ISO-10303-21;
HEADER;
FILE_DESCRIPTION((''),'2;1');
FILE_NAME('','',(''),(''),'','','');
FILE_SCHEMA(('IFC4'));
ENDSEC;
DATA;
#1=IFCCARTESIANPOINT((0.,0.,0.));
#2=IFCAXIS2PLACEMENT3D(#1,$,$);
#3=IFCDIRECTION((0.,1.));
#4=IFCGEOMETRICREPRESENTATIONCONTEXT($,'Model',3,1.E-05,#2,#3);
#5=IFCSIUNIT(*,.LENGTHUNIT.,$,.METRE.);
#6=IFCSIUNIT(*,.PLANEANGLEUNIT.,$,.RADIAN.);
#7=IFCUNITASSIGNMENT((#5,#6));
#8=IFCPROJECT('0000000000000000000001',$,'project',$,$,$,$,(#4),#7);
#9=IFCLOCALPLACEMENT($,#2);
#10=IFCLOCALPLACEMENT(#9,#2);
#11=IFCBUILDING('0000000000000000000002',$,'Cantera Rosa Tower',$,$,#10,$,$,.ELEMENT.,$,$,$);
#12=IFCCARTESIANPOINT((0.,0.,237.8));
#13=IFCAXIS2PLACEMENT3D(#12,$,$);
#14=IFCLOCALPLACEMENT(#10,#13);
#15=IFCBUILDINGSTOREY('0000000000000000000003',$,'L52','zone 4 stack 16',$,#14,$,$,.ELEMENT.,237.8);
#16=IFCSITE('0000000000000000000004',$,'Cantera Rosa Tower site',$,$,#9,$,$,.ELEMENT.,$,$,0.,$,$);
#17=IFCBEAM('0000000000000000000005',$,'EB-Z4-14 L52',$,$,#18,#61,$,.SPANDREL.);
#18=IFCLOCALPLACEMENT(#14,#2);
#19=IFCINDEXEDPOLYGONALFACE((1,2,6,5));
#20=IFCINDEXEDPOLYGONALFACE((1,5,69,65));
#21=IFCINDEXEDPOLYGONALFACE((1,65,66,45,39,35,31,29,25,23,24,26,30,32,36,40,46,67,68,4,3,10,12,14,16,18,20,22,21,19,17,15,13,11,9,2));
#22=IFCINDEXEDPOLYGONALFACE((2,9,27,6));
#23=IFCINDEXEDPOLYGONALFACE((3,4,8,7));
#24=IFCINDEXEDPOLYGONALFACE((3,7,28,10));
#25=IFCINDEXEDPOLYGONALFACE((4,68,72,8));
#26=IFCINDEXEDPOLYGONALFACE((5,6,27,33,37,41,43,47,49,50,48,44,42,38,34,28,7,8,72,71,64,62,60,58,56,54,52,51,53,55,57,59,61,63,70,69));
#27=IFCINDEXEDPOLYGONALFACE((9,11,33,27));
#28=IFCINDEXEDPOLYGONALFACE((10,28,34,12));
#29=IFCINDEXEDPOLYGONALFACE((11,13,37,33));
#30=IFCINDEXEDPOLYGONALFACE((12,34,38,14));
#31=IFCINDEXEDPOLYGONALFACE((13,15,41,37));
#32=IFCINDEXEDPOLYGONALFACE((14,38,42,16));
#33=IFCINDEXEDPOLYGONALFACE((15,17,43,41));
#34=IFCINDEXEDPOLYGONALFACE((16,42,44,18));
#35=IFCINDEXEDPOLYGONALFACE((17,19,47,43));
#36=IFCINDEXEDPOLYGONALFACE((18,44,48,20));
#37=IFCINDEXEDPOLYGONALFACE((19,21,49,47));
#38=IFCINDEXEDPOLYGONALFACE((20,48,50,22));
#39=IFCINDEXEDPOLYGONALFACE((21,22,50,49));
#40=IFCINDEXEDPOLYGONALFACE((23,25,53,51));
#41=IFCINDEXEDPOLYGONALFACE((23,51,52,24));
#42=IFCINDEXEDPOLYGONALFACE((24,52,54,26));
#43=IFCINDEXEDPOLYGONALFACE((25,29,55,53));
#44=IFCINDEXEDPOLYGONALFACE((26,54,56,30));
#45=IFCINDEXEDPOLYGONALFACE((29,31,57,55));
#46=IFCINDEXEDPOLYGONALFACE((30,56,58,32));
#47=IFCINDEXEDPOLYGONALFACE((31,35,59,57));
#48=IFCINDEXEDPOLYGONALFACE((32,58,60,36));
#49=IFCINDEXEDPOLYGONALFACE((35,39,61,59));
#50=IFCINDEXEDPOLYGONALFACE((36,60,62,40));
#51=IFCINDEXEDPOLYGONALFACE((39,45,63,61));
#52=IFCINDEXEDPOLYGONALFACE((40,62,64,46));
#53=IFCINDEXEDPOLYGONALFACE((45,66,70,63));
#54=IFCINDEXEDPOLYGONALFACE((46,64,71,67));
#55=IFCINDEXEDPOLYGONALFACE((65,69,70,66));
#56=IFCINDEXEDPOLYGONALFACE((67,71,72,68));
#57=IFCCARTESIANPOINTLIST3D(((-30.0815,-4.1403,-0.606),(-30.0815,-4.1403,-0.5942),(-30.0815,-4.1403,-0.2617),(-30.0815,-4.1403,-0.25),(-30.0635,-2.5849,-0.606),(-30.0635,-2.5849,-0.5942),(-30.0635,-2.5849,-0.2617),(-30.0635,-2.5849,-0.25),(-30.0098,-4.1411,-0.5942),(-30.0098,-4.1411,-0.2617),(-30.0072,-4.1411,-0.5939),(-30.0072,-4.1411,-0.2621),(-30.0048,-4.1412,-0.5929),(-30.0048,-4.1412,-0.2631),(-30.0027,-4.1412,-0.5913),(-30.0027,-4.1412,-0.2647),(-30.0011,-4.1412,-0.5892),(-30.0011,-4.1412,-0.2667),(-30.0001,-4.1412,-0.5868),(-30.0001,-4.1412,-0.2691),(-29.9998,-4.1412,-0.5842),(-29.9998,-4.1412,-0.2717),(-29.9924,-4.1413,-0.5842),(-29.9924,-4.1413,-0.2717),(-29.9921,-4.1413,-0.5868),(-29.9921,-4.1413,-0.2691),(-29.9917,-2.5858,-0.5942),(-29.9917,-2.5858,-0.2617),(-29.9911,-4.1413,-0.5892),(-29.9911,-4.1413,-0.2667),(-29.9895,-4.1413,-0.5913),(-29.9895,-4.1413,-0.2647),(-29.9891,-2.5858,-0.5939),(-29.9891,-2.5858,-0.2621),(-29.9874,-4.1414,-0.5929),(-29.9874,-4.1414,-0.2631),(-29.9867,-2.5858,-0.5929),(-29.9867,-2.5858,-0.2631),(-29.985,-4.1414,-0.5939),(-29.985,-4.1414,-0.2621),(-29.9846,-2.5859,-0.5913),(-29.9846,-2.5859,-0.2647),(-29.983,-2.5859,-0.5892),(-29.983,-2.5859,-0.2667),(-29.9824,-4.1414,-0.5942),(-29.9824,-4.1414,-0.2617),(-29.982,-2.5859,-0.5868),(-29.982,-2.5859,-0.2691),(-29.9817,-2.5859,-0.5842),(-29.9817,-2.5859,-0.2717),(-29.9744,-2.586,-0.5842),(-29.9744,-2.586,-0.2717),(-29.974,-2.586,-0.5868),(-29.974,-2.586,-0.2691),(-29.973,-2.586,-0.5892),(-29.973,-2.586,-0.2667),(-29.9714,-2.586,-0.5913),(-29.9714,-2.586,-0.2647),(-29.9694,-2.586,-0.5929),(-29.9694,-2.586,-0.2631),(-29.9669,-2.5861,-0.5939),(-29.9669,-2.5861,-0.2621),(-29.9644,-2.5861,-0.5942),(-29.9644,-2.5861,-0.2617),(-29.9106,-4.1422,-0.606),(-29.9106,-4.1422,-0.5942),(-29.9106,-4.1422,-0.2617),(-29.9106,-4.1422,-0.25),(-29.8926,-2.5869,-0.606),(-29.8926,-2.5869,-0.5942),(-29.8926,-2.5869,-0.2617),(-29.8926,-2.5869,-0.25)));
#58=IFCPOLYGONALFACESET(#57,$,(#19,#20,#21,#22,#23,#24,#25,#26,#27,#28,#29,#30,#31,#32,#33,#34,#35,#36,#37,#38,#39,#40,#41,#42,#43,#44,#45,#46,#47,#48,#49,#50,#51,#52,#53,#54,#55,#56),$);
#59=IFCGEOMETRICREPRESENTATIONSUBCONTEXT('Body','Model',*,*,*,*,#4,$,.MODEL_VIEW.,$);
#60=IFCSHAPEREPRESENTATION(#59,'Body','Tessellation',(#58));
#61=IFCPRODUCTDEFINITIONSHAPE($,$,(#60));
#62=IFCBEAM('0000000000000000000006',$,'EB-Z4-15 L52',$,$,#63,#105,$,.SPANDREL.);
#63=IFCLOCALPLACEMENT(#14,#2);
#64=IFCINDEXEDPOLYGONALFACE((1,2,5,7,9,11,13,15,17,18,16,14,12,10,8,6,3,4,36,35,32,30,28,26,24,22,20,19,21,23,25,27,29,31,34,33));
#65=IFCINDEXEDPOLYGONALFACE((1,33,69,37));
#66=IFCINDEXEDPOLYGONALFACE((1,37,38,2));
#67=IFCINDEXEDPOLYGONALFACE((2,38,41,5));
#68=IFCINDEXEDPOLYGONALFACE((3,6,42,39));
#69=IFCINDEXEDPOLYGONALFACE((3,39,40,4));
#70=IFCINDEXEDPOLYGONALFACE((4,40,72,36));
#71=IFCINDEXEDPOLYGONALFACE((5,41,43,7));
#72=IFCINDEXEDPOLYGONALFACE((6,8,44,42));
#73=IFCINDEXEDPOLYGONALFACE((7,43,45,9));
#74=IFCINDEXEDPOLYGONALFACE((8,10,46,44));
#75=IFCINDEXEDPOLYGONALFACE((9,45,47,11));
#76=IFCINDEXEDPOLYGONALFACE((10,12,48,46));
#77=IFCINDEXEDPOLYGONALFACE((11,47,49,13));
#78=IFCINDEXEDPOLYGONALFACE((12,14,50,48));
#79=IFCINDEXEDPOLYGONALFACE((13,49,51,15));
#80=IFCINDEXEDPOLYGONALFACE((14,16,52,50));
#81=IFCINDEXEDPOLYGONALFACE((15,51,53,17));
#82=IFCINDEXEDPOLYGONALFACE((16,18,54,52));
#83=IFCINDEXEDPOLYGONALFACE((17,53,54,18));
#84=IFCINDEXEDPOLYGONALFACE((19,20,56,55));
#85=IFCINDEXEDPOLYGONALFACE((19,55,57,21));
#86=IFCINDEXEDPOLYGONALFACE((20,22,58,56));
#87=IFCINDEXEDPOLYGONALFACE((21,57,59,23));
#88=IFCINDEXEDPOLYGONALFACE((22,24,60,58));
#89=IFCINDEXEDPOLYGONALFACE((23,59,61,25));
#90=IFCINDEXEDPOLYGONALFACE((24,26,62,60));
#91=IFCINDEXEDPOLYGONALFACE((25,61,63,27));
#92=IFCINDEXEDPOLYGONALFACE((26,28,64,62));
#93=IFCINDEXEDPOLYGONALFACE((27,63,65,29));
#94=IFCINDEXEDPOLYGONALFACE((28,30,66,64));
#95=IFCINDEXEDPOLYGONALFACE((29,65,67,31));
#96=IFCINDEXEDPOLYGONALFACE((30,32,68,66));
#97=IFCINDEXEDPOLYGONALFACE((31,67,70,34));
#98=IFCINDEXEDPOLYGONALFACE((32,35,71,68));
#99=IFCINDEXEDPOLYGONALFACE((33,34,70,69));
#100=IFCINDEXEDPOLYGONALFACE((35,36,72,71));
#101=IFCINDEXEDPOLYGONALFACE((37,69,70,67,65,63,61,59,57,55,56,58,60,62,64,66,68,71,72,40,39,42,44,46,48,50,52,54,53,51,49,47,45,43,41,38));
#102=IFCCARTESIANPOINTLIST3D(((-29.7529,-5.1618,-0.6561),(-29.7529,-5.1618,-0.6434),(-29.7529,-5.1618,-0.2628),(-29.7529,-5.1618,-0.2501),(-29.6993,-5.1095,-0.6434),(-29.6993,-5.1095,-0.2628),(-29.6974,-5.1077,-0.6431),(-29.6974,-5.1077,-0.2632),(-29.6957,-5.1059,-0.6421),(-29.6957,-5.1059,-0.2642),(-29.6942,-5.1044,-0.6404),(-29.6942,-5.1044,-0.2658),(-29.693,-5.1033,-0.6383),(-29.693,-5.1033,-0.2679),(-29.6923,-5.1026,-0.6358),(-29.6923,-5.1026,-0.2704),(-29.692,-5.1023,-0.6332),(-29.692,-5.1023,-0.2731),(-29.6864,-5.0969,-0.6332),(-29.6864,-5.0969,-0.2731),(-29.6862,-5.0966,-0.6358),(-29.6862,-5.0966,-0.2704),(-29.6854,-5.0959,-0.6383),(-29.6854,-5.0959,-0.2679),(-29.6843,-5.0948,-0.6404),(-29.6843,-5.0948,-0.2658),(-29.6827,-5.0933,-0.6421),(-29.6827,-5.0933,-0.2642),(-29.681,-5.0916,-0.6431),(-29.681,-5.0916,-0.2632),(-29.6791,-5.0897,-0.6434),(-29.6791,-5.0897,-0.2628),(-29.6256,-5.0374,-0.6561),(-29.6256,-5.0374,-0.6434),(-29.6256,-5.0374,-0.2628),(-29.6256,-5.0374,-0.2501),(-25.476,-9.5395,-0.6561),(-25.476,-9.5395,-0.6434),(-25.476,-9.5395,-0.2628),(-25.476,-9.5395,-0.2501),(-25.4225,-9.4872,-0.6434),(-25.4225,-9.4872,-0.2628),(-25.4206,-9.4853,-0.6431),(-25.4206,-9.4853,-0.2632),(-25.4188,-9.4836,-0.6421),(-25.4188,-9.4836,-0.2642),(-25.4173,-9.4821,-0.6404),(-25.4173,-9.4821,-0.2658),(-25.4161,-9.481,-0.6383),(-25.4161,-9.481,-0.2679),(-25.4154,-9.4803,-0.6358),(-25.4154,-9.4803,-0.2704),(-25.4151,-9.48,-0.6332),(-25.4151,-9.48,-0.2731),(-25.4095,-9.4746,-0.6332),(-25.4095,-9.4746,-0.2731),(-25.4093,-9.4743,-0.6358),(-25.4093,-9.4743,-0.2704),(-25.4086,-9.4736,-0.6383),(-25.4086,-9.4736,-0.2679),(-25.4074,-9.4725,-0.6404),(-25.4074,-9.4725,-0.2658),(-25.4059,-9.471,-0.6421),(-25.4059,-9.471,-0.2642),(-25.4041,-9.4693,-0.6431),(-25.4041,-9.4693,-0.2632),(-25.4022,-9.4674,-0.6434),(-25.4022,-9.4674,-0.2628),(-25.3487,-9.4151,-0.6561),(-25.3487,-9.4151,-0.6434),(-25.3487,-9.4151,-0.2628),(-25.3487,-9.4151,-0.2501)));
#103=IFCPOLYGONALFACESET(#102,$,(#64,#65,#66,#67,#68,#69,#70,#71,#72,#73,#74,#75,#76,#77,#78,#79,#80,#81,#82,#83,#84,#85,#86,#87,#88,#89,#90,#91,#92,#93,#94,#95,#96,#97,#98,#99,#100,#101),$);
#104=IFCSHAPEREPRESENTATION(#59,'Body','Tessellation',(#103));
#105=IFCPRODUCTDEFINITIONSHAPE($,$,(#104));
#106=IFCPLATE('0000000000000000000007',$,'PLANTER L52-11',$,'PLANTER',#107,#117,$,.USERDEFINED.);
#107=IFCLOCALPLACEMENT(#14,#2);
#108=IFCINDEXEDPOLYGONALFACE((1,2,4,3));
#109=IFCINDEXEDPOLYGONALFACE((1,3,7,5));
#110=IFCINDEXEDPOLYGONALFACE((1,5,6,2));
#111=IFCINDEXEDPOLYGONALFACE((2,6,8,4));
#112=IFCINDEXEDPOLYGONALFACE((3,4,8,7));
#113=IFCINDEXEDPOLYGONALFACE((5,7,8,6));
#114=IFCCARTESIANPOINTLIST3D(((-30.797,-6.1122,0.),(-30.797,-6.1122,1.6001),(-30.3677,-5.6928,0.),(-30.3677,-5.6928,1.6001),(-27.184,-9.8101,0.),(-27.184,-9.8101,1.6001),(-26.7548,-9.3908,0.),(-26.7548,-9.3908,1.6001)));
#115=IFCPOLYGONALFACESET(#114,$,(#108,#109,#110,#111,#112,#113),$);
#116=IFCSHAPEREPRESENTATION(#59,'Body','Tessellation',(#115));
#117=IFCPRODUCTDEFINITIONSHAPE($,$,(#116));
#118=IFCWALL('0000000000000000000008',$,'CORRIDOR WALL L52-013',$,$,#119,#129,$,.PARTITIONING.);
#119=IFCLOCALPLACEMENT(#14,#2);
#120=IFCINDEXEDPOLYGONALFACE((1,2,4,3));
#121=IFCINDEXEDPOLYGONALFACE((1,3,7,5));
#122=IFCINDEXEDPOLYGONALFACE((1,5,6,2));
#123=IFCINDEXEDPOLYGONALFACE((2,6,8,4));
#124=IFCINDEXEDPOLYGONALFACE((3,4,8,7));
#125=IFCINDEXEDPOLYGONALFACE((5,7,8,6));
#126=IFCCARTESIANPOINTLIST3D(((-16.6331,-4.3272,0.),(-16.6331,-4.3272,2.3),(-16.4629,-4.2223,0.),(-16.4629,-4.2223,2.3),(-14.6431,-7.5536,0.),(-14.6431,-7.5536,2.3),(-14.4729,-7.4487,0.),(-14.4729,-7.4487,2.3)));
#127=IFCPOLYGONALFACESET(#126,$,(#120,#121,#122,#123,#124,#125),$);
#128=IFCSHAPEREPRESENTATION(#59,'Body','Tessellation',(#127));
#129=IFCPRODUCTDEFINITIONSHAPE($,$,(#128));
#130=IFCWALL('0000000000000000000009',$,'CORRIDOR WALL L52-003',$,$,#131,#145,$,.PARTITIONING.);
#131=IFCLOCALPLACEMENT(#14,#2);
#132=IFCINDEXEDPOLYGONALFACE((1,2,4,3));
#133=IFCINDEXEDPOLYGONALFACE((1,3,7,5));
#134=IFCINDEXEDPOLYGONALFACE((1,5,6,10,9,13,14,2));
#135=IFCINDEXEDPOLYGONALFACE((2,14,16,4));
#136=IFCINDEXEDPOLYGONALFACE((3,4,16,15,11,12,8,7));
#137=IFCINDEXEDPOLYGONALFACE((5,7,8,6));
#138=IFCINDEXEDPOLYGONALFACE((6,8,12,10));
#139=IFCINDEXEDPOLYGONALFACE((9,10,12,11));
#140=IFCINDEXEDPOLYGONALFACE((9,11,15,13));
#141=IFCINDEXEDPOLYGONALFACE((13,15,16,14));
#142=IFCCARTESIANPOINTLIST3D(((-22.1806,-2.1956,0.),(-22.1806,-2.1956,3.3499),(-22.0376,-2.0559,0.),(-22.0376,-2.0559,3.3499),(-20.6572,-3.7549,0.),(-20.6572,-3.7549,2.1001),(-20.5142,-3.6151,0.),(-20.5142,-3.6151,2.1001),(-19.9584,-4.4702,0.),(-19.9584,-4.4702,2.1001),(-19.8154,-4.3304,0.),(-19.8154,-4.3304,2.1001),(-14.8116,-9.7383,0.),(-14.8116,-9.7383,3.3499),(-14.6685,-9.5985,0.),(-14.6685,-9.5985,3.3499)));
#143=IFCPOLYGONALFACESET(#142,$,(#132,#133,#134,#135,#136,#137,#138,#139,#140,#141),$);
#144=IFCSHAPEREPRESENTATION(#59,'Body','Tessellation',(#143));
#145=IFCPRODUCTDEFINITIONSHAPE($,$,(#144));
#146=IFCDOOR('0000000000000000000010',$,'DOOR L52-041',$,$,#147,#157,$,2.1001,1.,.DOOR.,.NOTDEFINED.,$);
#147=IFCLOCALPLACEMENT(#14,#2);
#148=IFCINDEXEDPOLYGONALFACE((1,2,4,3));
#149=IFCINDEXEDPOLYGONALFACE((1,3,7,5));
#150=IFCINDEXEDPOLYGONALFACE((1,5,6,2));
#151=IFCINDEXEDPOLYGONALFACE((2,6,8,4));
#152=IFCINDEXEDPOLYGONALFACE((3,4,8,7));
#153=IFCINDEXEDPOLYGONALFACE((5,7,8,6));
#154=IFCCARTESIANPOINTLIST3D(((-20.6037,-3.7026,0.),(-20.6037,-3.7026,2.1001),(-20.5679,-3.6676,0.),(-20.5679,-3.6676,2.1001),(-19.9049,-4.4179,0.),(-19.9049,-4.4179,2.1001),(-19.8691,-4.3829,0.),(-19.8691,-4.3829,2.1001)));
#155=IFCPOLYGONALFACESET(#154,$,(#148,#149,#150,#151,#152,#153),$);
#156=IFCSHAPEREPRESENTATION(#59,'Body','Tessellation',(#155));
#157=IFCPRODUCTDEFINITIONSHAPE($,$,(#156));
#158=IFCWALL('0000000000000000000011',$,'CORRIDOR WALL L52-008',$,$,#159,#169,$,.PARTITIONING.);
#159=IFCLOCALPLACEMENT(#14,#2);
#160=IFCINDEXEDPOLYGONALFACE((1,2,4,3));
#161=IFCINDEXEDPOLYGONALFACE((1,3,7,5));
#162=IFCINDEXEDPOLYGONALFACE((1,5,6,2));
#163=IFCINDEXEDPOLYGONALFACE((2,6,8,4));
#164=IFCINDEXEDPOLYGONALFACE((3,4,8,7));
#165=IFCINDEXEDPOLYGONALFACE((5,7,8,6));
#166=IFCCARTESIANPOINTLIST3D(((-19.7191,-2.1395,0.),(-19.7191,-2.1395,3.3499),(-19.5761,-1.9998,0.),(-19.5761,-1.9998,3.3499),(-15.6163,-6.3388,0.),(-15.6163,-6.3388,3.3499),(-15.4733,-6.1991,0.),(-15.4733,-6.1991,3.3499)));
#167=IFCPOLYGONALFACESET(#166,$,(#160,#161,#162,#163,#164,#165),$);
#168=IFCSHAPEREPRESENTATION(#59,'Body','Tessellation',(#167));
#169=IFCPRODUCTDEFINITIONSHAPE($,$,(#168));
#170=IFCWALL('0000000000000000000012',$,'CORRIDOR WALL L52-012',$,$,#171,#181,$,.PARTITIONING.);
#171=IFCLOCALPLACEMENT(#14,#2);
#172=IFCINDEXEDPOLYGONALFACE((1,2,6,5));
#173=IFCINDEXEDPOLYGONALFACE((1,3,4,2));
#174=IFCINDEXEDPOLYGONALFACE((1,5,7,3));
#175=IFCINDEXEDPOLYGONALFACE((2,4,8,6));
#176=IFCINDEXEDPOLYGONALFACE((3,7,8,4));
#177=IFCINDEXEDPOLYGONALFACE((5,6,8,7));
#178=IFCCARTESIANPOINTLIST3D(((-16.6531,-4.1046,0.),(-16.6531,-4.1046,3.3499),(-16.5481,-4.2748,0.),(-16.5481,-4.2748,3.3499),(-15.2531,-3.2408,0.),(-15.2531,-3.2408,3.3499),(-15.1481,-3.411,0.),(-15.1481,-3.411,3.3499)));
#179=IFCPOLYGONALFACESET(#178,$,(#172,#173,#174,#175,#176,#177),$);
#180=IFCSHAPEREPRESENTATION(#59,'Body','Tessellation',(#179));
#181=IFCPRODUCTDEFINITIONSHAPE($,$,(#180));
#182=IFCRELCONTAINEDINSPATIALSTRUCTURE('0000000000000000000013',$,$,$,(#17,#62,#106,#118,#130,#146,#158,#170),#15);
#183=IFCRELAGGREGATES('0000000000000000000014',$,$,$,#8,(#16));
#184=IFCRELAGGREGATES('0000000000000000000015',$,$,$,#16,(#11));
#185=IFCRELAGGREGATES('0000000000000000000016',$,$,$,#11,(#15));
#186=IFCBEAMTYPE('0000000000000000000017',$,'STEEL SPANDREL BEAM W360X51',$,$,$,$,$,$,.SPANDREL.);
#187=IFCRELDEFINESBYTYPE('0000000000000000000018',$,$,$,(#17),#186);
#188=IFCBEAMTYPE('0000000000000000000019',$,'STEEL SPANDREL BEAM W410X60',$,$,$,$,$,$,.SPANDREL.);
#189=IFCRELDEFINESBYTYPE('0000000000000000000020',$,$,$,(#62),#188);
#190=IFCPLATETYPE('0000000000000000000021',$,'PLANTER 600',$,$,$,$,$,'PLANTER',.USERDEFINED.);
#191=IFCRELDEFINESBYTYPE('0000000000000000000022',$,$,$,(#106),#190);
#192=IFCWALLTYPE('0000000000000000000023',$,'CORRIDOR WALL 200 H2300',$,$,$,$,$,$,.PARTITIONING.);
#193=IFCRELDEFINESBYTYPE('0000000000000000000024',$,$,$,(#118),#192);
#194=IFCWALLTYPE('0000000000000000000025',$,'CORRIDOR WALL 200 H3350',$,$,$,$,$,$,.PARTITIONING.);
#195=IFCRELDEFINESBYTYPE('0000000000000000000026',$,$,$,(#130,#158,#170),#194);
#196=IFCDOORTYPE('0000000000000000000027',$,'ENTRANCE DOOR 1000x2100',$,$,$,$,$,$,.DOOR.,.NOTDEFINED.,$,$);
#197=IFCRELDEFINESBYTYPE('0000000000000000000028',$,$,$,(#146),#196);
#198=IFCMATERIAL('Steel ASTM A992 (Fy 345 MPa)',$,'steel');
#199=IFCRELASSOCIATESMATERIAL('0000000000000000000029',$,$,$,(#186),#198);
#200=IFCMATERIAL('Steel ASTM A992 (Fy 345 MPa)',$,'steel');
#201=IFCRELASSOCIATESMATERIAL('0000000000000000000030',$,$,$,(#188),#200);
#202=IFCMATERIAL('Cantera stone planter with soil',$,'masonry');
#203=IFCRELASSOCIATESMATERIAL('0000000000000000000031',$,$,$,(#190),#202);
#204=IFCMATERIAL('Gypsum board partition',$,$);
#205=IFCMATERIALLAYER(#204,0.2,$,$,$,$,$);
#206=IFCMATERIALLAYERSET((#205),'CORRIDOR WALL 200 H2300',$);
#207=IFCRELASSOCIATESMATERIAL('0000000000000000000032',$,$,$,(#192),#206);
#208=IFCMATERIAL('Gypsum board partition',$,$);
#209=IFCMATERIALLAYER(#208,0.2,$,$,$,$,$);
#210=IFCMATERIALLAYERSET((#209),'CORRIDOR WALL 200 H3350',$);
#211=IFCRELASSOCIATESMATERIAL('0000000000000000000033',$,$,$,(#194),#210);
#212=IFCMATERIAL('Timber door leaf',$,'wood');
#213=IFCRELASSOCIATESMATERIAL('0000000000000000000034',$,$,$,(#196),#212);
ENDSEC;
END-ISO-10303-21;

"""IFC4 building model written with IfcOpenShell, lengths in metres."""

from ifc_helpers import new_model, si_unit, direction, frame, frame_2d, origin, origin_2d, place, context, subcontext, project, spatial, rectangle, i_section, extrude, material, layer, layer_set, material_profile, profile_set, type_object, element, fill, save


model = new_model("IFC4")

# Units and contexts
model_context = context("Model", 3, precision=1e-05, world=origin(), true_north=direction((0.0, 1.0)))
body_context = subcontext(model_context, "Body", "Model", "MODEL_VIEW")
ifc_project = project(units=[si_unit("LENGTHUNIT", "METRE"), si_unit("PLANEANGLEUNIT", "RADIAN")], contexts=[model_context])

# Site, building, storey
site_placement = place(None, origin())
site = spatial("IfcSite", under=ifc_project, at=site_placement, Name="Cantera Rosa Tower site", CompositionType="ELEMENT", RefElevation=0.0)
building_placement = place(site_placement, origin())
building = spatial("IfcBuilding", under=site, at=building_placement, Name="Cantera Rosa Tower", CompositionType="ELEMENT")
storey_placement = place(building_placement, frame((0.0, 0.0, 237.8)))
storey = spatial("IfcBuildingStorey", under=building, at=storey_placement, Name="L52", Description="zone 4 stack 16", CompositionType="ELEMENT", Elevation=237.8)

# Beams
ifc_material_1 = material(Name="Steel ASTM A992 (Fy 345 MPa)", Category="steel")
ifc_material_profile_1 = material_profile(ifc_material_1, i_section(OverallWidth=0.1709, OverallDepth=0.356, WebThickness=0.0073, FlangeThickness=0.0117, FilletRadius=0.01, at=origin_2d()), Name="W360X51")
ifc_profile_set_1 = profile_set([ifc_material_profile_1], Name="Steel ASTM A992 (Fy 345 MPa)")
beam_type_1 = type_object("IfcBeamType", Name="STEEL SPANDREL BEAM W360X51", PredefinedType="SPANDREL", material=ifc_profile_set_1)
beam_1_placement = place(storey_placement, frame((-29.978, -2.5859, -0.428), z_axis=(-0.011614, -0.999933, 0.0), x_axis=(0.999933, -0.011614, 0.0)))
element("IfcBeam", 1, at=beam_1_placement, inside=storey, type_object=beam_type_1, Name="EB-Z4-14 L52", PredefinedType="SPANDREL", context=body_context, shape_type="SweptSolid", body=[
    extrude(i_section(OverallWidth=0.1709, OverallDepth=0.356, WebThickness=0.0073, FlangeThickness=0.0117, FilletRadius=0.01, at=origin_2d()), origin(), (0.0, 0.0, 1.0), 1.5554),
])
ifc_material_2 = material(Name="Steel ASTM A992 (Fy 345 MPa)", Category="steel")
ifc_material_profile_2 = material_profile(ifc_material_2, i_section(OverallWidth=0.178, OverallDepth=0.406, WebThickness=0.0078, FlangeThickness=0.0127, FilletRadius=0.0103, at=origin_2d()), Name="W410X60")
ifc_profile_set_2 = profile_set([ifc_material_profile_2], Name="Steel ASTM A992 (Fy 345 MPa)")
beam_type_2 = type_object("IfcBeamType", Name="STEEL SPANDREL BEAM W410X60", PredefinedType="SPANDREL", material=ifc_profile_set_2)
beam_2_placement = place(storey_placement, frame((-29.6892, -5.0996, -0.4531), z_axis=(0.698821, -0.715296, 0.0), x_axis=(0.715296, 0.698821, 0.0)))
element("IfcBeam", 2, at=beam_2_placement, inside=storey, type_object=beam_type_2, Name="EB-Z4-15 L52", PredefinedType="SPANDREL", context=body_context, shape_type="SweptSolid", body=[
    extrude(i_section(OverallWidth=0.178, OverallDepth=0.406, WebThickness=0.0078, FlangeThickness=0.0127, FilletRadius=0.0103, at=origin_2d()), origin(), (0.0, 0.0, 1.0), 6.1201),
])

# Plate
ifc_material_3 = material(Name="Cantera stone planter with soil", Category="masonry")
plate_type = type_object("IfcPlateType", Name="PLANTER 600", ElementType="PLANTER", PredefinedType="USERDEFINED", material=ifc_material_3)
plate_placement = place(storey_placement, frame((-28.7759, -7.7515, 0.0), z_axis=(0.0, 0.0, 1.0), x_axis=(0.698832, -0.715286, 0.0)))
element("IfcPlate", 3, at=plate_placement, inside=storey, type_object=plate_type, Name="PLANTER L52-11", ObjectType="PLANTER", PredefinedType="USERDEFINED", context=body_context, shape_type="SweptSolid", body=[
    extrude(rectangle(XDim=5.1699, YDim=0.6001, at=origin_2d()), origin(), (0.0, 0.0, 1.0), 1.6001),
])

# Wall
ifc_material_4 = material(Name="Gypsum board partition")
ifc_layer_1 = layer(ifc_material_4, 0.2)
ifc_layer_set_1 = layer_set([ifc_layer_1], Name="CORRIDOR WALL 200 H2300")
wall_type_1 = type_object("IfcWallType", Name="CORRIDOR WALL 200 H2300", PredefinedType="PARTITIONING", material=ifc_layer_set_1)
wall_1_placement = place(storey_placement, frame((-16.5481, -4.2747, 0.0), z_axis=(0.0, 0.0, 1.0), x_axis=(0.52497, -0.851121, 0.0)))
element("IfcWall", 4, at=wall_1_placement, inside=storey, type_object=wall_type_1, Name="CORRIDOR WALL L52-013", PredefinedType="PARTITIONING", context=body_context, shape_type="SweptSolid", body=[
    extrude(rectangle(XDim=3.7908, YDim=0.2, at=frame_2d((1.8955, 0.0))), origin(), (0.0, 0.0, 1.0), 2.3),
])

# Wall, opening, door
ifc_material_5 = material(Name="Gypsum board partition")
ifc_layer_2 = layer(ifc_material_5, 0.2)
ifc_layer_set_2 = layer_set([ifc_layer_2], Name="CORRIDOR WALL 200 H3350")
wall_type_2 = type_object("IfcWallType", Name="CORRIDOR WALL 200 H3350", PredefinedType="PARTITIONING", material=ifc_layer_set_2)
wall_2_placement = place(storey_placement, frame((-22.1091, -2.1257, 0.0), z_axis=(0.0, 0.0, 1.0), x_axis=(0.698828, -0.71529, 0.0)))
wall_2 = element("IfcWall", 5, at=wall_2_placement, inside=storey, type_object=wall_type_2, Name="CORRIDOR WALL L52-003", PredefinedType="PARTITIONING", context=body_context, shape_type="SweptSolid", body=[
    extrude(rectangle(XDim=10.5449, YDim=0.2, at=frame_2d((5.2725, 0.0))), origin(), (0.0, 0.0, 1.0), 3.3499),
])
opening_1_placement = place(wall_2_placement, frame((2.1799, 0.0, 0.0)))
opening_1 = element("IfcOpeningElement", 6, at=opening_1_placement, cuts=wall_2, PredefinedType="OPENING", context=body_context, shape_type="SweptSolid", body=[
    extrude(rectangle(XDim=1.0, YDim=2.1001, at=frame_2d((0.5, 1.05))), frame((0.0, 0.1099, 0.0), z_axis=(0.0, -1.0, 0.0), x_axis=(1.0, 0.0, 0.0)), (0.0, 0.0, 1.0), 0.22),
])
ifc_material_6 = material(Name="Timber door leaf", Category="wood")
door_type_1 = type_object("IfcDoorType", Name="ENTRANCE DOOR 1000x2100", OperationType="NOTDEFINED", PredefinedType="DOOR", material=ifc_material_6)
door_1_placement = place(opening_1_placement, origin())
door_1 = element("IfcDoor", 7, at=door_1_placement, inside=storey, type_object=door_type_1, Name="DOOR L52-041", OperationType="NOTDEFINED", OverallHeight=2.1001, OverallWidth=1.0, PredefinedType="DOOR", context=body_context, shape_type="SweptSolid", body=[
    extrude(rectangle(XDim=1.0, YDim=2.1001, at=frame_2d((0.5, 1.05))), frame((0.0, 0.0249, 0.0), z_axis=(0.0, -1.0, 0.0), x_axis=(1.0, 0.0, 0.0)), (0.0, 0.0, 1.0), 0.05),
])
fill(opening_1, door_1)

# Walls
wall_3_placement = place(storey_placement, frame((-19.6477, -2.0696, 0.0), z_axis=(0.0, 0.0, 1.0), x_axis=(0.698846, -0.715272, 0.0)))
element("IfcWall", 8, at=wall_3_placement, inside=storey, type_object=wall_type_2, Name="CORRIDOR WALL L52-008", PredefinedType="PARTITIONING", context=body_context, shape_type="SweptSolid", body=[
    extrude(rectangle(XDim=5.8708, YDim=0.2, at=frame_2d((2.9355, 0.0))), origin(), (0.0, 0.0, 1.0), 3.3499),
])
wall_4_placement = place(storey_placement, frame((-16.6006, -4.1897, 0.0), z_axis=(0.0, 0.0, 1.0), x_axis=(0.851036, 0.525107, 0.0)))
element("IfcWall", 9, at=wall_4_placement, inside=storey, type_object=wall_type_2, Name="CORRIDOR WALL L52-012", PredefinedType="PARTITIONING", context=body_context, shape_type="SweptSolid", body=[
    extrude(rectangle(XDim=1.645, YDim=0.2, at=frame_2d((0.8225, 0.0))), origin(), (0.0, 0.0, 1.0), 3.3499),
])

save(model, "model.ifc")
